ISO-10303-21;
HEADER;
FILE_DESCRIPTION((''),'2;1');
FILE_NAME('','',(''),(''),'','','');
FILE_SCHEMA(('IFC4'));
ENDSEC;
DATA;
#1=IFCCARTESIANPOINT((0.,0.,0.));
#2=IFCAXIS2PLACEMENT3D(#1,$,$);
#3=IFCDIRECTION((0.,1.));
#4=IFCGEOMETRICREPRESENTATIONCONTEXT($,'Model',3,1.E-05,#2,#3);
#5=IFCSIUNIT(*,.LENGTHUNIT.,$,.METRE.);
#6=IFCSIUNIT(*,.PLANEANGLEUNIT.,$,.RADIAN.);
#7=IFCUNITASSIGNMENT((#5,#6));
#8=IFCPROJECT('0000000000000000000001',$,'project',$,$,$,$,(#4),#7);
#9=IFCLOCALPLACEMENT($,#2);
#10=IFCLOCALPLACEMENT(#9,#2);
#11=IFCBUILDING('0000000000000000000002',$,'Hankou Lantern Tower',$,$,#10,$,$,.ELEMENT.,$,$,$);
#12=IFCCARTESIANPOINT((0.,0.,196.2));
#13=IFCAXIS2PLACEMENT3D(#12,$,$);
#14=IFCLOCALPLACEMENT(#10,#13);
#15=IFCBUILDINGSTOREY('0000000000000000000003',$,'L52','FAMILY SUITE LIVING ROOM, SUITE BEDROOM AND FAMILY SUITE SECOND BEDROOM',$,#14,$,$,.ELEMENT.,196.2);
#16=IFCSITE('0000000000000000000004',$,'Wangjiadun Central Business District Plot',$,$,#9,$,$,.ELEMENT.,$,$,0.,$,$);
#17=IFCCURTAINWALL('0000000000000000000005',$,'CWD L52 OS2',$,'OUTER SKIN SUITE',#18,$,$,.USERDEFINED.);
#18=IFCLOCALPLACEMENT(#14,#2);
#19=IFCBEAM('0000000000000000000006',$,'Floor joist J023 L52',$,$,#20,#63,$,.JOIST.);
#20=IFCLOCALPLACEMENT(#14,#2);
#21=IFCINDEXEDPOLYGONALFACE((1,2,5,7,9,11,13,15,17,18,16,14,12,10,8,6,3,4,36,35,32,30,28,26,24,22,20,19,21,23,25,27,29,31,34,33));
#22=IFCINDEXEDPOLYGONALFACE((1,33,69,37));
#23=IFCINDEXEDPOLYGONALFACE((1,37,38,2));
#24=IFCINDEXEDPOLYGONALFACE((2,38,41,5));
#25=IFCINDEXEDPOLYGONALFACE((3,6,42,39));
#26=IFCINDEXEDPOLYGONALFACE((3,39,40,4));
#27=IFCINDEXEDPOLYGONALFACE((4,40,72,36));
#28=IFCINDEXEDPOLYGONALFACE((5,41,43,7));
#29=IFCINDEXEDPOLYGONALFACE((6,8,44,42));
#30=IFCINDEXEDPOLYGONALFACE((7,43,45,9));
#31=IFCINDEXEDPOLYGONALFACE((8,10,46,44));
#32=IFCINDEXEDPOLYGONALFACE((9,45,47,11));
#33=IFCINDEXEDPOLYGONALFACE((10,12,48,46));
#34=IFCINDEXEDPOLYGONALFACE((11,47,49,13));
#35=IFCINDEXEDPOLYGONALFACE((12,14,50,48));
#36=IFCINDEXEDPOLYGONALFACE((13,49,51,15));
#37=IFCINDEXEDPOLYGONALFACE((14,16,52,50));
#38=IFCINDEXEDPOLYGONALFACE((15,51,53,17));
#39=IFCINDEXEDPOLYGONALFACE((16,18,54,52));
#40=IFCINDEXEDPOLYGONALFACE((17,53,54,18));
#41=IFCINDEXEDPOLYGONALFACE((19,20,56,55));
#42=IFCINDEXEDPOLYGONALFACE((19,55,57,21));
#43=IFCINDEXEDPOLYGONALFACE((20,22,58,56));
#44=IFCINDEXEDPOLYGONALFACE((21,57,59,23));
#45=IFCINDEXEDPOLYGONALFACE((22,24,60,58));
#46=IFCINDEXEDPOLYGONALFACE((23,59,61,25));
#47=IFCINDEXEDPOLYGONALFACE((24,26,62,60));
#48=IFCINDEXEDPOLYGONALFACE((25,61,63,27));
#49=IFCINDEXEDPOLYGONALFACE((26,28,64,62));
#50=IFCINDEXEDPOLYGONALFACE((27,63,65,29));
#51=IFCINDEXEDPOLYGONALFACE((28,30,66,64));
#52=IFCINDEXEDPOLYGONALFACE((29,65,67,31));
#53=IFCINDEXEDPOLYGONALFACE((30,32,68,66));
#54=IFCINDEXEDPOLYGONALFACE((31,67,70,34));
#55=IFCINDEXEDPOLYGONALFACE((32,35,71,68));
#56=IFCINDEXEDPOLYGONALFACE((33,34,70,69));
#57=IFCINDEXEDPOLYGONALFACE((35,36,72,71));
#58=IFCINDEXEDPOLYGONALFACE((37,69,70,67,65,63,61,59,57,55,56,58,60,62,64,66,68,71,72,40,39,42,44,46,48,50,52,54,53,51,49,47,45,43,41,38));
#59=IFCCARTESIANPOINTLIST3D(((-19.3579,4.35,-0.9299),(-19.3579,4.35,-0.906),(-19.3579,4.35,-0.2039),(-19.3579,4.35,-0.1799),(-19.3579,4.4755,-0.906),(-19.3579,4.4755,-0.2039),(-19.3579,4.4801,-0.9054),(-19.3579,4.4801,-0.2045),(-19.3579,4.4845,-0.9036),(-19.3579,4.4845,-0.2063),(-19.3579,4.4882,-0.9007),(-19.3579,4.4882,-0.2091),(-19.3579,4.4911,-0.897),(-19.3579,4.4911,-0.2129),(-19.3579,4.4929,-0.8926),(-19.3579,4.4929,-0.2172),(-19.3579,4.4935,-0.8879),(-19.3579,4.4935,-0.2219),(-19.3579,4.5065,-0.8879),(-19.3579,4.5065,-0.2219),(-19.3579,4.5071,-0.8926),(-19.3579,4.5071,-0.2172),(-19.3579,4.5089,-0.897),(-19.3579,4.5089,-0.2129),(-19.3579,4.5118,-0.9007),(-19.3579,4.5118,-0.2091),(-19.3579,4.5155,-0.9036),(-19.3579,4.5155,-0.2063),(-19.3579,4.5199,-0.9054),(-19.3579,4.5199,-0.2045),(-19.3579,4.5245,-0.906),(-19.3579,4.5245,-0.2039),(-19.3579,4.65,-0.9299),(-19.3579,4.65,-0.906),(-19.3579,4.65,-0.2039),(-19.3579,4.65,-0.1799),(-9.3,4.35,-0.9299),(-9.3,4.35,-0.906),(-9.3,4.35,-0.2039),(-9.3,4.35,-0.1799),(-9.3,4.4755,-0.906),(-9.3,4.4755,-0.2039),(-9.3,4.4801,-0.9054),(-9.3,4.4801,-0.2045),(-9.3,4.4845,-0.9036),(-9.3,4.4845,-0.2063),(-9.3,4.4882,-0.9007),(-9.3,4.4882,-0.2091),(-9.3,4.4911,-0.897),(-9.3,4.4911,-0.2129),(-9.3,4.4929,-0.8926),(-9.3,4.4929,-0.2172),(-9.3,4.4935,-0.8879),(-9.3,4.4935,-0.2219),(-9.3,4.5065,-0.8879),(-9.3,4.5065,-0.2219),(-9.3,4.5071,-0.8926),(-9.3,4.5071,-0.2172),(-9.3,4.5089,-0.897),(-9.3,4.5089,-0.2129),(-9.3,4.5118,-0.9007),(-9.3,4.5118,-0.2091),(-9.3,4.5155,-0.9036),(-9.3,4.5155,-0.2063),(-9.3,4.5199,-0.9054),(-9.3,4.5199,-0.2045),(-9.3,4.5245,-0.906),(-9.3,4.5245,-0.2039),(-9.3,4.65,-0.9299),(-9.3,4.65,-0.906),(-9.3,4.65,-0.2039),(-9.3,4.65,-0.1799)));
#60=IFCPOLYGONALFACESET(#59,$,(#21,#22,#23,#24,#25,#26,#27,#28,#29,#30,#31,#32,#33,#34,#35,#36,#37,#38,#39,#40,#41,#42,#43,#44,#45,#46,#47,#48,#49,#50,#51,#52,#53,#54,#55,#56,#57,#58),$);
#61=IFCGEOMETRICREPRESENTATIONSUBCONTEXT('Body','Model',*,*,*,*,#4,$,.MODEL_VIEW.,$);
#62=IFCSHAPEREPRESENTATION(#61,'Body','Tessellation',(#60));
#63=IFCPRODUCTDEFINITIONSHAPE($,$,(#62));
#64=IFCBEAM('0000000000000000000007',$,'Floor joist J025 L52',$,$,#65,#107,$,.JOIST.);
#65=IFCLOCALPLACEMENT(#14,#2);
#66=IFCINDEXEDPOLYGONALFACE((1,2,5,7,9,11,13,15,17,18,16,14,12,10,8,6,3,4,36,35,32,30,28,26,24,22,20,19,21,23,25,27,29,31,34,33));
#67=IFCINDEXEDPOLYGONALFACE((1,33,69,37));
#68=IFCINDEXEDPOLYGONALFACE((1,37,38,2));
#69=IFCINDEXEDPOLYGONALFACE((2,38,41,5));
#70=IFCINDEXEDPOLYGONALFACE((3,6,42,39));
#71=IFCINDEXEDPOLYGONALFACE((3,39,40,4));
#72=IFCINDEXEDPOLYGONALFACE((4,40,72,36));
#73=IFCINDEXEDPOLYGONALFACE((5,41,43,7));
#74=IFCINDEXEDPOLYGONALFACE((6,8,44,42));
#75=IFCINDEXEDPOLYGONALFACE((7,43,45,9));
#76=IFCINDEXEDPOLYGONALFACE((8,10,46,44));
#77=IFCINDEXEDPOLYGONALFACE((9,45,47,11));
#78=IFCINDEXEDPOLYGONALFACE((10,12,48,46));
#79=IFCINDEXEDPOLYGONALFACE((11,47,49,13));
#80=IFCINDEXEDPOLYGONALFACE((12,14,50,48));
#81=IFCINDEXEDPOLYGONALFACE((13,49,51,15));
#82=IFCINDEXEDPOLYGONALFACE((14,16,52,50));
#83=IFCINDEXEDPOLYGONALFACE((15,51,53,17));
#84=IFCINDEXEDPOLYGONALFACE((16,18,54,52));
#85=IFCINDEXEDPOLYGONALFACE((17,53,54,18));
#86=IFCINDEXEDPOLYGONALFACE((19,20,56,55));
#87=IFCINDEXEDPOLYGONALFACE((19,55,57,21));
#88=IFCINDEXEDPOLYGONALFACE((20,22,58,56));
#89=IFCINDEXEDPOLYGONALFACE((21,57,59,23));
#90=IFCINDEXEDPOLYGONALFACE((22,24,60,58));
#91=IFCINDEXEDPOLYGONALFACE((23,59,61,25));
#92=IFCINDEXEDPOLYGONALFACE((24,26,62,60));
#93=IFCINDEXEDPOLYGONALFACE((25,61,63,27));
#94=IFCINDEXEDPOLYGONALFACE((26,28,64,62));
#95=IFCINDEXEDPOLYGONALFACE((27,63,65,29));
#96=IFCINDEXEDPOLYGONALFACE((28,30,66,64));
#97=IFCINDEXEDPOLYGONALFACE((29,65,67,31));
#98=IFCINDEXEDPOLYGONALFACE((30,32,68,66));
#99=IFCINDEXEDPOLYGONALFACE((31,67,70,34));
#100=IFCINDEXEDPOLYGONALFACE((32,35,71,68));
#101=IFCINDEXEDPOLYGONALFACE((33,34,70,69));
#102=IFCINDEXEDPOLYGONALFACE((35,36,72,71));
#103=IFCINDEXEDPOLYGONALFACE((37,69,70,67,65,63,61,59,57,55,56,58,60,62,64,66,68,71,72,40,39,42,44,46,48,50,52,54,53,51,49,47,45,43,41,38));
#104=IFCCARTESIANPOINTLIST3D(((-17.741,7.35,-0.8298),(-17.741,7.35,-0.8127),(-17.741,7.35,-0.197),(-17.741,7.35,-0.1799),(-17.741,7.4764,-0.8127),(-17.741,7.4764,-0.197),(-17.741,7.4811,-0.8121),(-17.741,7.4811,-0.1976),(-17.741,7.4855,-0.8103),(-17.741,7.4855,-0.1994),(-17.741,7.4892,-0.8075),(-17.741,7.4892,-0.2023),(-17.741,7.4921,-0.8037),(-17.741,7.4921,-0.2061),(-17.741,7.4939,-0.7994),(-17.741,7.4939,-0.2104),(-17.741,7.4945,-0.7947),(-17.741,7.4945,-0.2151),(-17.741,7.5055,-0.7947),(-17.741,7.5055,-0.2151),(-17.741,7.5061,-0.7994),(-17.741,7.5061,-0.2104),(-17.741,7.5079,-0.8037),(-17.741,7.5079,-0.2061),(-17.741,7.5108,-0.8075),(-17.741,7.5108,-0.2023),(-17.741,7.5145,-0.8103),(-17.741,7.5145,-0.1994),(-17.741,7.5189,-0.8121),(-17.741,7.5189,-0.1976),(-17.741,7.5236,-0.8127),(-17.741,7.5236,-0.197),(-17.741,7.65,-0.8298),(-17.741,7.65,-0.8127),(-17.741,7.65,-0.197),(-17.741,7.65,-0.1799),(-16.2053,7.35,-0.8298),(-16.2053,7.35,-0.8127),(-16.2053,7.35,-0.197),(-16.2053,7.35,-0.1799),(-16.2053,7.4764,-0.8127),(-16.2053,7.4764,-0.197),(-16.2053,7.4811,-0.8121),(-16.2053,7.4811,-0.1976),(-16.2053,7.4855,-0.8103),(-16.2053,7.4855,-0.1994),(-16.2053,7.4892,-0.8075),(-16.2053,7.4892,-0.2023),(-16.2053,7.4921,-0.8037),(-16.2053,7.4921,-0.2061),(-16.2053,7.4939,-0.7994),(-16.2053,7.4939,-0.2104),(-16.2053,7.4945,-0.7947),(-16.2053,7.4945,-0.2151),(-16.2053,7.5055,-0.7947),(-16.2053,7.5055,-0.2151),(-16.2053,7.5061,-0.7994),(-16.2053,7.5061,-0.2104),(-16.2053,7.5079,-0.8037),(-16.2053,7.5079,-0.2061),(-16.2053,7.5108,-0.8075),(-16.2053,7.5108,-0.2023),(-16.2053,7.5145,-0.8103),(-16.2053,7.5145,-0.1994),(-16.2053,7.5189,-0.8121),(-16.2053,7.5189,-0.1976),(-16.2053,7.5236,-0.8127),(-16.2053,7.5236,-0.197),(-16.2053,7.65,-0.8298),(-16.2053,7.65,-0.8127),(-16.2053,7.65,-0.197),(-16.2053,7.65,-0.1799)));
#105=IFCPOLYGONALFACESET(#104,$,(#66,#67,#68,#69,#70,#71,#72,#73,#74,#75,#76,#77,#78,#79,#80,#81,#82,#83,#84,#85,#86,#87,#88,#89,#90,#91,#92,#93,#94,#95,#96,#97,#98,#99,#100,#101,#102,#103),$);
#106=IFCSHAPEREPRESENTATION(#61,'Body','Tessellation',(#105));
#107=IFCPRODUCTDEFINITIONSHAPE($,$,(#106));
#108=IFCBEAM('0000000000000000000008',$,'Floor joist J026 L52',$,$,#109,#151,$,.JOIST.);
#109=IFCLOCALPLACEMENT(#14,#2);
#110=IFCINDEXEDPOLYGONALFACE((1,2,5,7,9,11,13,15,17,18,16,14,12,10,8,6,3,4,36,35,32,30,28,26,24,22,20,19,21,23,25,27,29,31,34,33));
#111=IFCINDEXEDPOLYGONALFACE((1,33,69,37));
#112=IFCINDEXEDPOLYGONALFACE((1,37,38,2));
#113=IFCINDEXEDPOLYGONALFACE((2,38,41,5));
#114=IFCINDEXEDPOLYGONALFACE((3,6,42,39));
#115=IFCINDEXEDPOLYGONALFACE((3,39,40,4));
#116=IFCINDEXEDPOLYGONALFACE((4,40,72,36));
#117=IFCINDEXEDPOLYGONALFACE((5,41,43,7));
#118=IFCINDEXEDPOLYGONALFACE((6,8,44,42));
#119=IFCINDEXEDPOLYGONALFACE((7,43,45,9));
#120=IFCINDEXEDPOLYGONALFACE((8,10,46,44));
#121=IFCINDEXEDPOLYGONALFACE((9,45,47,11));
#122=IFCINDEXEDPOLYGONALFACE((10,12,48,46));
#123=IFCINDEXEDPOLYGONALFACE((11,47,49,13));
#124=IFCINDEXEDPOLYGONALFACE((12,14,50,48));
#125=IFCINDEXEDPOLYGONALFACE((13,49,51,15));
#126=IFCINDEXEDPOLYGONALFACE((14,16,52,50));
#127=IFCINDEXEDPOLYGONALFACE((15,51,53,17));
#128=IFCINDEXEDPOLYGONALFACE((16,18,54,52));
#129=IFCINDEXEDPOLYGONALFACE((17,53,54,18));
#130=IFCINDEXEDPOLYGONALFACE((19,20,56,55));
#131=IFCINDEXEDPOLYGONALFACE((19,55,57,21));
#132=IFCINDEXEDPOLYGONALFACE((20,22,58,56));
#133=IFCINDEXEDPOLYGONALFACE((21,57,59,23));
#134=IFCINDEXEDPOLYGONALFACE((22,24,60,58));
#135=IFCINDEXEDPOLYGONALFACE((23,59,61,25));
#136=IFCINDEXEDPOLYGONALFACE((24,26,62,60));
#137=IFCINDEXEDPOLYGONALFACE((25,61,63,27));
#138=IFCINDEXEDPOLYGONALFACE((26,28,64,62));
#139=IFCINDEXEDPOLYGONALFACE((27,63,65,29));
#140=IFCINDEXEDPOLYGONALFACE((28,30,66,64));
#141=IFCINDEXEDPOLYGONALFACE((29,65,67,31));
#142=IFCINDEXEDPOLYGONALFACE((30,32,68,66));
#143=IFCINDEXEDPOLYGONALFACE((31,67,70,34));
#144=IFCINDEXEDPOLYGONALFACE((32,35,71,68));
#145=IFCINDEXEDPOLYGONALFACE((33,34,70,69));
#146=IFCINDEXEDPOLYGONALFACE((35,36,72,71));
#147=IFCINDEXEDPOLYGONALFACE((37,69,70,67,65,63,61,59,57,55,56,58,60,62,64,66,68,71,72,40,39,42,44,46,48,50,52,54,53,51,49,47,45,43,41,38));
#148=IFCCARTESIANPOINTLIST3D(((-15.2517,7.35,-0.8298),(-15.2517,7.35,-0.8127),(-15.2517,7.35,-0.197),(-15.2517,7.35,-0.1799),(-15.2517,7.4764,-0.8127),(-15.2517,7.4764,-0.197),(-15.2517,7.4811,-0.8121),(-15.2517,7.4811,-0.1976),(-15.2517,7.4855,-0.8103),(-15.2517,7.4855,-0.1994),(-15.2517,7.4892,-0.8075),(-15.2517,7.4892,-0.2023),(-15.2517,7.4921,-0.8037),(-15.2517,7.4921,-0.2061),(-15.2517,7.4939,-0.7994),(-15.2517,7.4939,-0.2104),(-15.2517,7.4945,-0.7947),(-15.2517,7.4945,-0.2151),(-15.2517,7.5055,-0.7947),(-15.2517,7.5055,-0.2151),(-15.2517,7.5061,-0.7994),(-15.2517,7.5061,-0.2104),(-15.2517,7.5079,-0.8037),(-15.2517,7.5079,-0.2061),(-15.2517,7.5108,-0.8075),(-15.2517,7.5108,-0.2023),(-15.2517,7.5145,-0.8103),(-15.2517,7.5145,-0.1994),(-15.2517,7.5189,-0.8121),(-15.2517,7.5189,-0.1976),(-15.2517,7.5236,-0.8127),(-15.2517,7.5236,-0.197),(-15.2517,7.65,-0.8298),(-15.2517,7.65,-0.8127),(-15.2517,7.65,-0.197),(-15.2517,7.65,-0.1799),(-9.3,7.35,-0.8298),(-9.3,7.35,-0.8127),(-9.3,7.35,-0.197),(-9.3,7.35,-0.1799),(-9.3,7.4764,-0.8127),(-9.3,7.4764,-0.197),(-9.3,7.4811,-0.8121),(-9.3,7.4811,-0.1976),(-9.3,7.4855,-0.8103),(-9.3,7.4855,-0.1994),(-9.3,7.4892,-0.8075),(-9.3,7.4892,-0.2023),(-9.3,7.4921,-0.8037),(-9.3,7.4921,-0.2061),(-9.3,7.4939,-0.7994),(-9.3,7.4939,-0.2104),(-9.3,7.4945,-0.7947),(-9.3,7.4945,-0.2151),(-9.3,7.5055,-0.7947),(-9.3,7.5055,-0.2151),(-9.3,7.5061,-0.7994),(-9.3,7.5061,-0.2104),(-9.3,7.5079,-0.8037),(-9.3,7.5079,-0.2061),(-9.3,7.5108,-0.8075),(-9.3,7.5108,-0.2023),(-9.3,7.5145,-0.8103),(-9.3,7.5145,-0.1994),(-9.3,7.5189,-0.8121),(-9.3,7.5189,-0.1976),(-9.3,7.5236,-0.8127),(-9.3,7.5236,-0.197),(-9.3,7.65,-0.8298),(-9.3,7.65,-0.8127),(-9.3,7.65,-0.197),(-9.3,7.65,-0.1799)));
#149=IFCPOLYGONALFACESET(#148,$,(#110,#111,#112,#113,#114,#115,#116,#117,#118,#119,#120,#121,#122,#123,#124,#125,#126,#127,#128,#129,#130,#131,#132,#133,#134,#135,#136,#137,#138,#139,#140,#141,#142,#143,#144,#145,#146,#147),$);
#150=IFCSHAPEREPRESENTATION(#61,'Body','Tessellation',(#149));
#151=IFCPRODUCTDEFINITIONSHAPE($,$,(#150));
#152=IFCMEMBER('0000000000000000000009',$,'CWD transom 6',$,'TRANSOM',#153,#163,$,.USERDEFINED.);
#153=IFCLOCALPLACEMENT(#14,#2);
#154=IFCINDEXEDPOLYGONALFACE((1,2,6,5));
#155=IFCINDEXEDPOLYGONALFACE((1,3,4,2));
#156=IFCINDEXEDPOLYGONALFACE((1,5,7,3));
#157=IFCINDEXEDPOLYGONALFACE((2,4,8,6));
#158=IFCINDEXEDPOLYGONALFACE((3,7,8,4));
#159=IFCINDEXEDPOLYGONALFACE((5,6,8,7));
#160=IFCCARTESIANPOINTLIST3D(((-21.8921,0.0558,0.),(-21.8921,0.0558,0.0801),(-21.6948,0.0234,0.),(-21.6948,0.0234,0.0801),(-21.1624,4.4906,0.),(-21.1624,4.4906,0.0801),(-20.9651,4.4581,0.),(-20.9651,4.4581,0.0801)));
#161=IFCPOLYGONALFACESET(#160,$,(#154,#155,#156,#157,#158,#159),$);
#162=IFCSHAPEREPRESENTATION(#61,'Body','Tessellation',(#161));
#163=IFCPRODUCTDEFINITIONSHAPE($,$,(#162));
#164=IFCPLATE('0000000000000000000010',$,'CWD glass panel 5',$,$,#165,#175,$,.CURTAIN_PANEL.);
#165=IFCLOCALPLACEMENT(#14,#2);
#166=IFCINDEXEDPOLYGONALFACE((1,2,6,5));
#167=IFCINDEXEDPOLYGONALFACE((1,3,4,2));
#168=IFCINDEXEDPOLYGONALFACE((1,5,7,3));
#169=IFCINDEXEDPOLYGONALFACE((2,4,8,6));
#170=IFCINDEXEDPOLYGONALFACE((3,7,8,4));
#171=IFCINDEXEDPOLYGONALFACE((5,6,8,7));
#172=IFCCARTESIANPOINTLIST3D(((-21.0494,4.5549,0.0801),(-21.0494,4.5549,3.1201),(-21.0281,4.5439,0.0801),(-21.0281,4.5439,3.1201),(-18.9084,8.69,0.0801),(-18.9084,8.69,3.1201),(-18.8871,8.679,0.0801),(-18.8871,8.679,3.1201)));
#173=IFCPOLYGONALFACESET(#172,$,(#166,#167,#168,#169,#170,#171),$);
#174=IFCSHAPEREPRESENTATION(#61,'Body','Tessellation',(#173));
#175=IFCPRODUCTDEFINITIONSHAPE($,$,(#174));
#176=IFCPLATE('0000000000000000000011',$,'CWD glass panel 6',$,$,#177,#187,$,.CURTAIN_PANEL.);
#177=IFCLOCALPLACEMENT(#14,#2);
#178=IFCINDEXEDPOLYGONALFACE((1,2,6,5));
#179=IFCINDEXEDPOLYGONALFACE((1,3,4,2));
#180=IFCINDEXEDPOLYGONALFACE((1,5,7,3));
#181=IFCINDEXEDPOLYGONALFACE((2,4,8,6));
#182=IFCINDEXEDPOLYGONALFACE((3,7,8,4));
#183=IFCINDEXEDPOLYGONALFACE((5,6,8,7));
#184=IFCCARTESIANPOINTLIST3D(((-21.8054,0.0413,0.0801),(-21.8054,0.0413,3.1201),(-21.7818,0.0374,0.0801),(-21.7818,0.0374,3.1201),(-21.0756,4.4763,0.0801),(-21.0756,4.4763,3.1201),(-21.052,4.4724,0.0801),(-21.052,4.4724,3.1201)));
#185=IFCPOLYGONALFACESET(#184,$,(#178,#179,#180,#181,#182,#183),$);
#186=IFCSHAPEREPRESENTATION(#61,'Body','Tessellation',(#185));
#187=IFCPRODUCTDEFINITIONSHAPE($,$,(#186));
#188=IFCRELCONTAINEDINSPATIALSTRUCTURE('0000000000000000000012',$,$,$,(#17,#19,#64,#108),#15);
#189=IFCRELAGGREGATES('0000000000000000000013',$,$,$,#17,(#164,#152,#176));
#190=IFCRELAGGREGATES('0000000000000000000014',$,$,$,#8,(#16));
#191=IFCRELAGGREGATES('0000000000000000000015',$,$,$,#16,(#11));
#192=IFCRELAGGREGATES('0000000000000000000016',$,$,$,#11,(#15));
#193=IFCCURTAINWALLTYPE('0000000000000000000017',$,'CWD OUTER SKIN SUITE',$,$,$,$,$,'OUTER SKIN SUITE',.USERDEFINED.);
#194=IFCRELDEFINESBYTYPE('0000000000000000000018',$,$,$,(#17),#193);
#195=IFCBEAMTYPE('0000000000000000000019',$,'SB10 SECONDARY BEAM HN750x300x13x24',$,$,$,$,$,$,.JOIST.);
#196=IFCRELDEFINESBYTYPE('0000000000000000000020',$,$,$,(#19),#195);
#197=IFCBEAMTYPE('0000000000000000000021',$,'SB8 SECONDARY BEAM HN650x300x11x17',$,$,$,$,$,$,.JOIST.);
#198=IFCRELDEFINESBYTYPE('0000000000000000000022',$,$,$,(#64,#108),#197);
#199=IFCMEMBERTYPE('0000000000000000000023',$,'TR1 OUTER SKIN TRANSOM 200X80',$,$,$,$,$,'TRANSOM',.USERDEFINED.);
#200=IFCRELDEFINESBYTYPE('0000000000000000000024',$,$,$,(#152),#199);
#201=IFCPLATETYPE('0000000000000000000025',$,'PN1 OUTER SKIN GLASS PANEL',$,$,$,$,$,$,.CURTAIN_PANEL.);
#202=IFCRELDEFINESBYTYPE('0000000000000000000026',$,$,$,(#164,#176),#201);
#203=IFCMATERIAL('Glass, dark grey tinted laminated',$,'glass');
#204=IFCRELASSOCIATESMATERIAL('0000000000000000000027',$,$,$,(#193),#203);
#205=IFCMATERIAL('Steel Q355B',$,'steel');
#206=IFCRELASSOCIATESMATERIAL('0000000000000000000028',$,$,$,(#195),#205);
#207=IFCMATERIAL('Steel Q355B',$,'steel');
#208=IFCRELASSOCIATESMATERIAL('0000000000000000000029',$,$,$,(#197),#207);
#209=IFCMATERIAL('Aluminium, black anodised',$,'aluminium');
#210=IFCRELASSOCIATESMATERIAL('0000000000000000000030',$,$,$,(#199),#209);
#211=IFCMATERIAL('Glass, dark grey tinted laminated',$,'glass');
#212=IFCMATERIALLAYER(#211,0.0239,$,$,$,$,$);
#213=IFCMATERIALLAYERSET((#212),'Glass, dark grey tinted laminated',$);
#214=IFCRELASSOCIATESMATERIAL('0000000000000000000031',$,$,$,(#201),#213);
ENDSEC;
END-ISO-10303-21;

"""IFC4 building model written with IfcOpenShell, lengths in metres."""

from ifc_helpers import new_model, si_unit, direction, frame, origin, origin_2d, place, context, subcontext, project, spatial, rectangle, i_section, extrude, material, layer, layer_set, material_profile, profile_set, type_object, element, aggregate, save


model = new_model("IFC4")

# Units and contexts
model_context = context("Model", 3, precision=1e-05, world=origin(), true_north=direction((0.0, 1.0)))
body_context = subcontext(model_context, "Body", "Model", "MODEL_VIEW")
ifc_project = project(units=[si_unit("LENGTHUNIT", "METRE"), si_unit("PLANEANGLEUNIT", "RADIAN")], contexts=[model_context])

# Site, building, storey
site_placement = place(None, origin())
site = spatial("IfcSite", under=ifc_project, at=site_placement, Name="Wangjiadun Central Business District Plot", CompositionType="ELEMENT", RefElevation=0.0)
building_placement = place(site_placement, origin())
building = spatial("IfcBuilding", under=site, at=building_placement, Name="Hankou Lantern Tower", CompositionType="ELEMENT")
storey_placement = place(building_placement, frame((0.0, 0.0, 196.2)))
storey = spatial("IfcBuildingStorey", under=building, at=storey_placement, Name="L52", Description="FAMILY SUITE LIVING ROOM, SUITE BEDROOM AND FAMILY SUITE SECOND BEDROOM", CompositionType="ELEMENT", Elevation=196.2)

# Curtain wall
ifc_material_1 = material(Name="Glass, dark grey tinted laminated", Category="glass")
curtain_wall_type = type_object("IfcCurtainWallType", Name="CWD OUTER SKIN SUITE", ElementType="OUTER SKIN SUITE", PredefinedType="USERDEFINED", material=ifc_material_1)
curtain_wall_placement = place(storey_placement, origin())
curtain_wall = element("IfcCurtainWall", 1, at=curtain_wall_placement, inside=storey, type_object=curtain_wall_type, Name="CWD L52 OS2", ObjectType="OUTER SKIN SUITE", PredefinedType="USERDEFINED")

# Beams
ifc_material_2 = material(Name="Steel Q355B", Category="steel")
ifc_material_profile_1 = material_profile(ifc_material_2, i_section(OverallWidth=0.3, OverallDepth=0.75, WebThickness=0.0129, FlangeThickness=0.0239, FilletRadius=0.0181, at=origin_2d()), Name="HN750x300x13x24")
ifc_profile_set_1 = profile_set([ifc_material_profile_1], Name="Steel Q355B")
beam_type_1 = type_object("IfcBeamType", Name="SB10 SECONDARY BEAM HN750x300x13x24", PredefinedType="JOIST", material=ifc_profile_set_1)
beam_1_placement = place(storey_placement, frame((-19.3579, 4.5, -0.5549), z_axis=(1.0, 0.0, 0.0), x_axis=(0.0, 1.0, 0.0)))
element("IfcBeam", 2, at=beam_1_placement, inside=storey, type_object=beam_type_1, Name="Floor joist J023 L52", PredefinedType="JOIST", context=body_context, shape_type="SweptSolid", body=[
    extrude(i_section(OverallWidth=0.3, OverallDepth=0.75, WebThickness=0.0129, FlangeThickness=0.0239, FilletRadius=0.0181, at=origin_2d()), origin(), (0.0, 0.0, 1.0), 10.0579),
])
ifc_material_3 = material(Name="Steel Q355B", Category="steel")
ifc_material_profile_2 = material_profile(ifc_material_3, i_section(OverallWidth=0.3, OverallDepth=0.6499, WebThickness=0.011, FlangeThickness=0.0171, FilletRadius=0.0181, at=origin_2d()), Name="HN650x300x11x17")
ifc_profile_set_2 = profile_set([ifc_material_profile_2], Name="Steel Q355B")
beam_type_2 = type_object("IfcBeamType", Name="SB8 SECONDARY BEAM HN650x300x11x17", PredefinedType="JOIST", material=ifc_profile_set_2)
beam_2_placement = place(storey_placement, frame((-17.741, 7.5, -0.5049), z_axis=(1.0, 0.0, 0.0), x_axis=(0.0, 1.0, 0.0)))
element("IfcBeam", 3, at=beam_2_placement, inside=storey, type_object=beam_type_2, Name="Floor joist J025 L52", PredefinedType="JOIST", context=body_context, shape_type="SweptSolid", body=[
    extrude(i_section(OverallWidth=0.3, OverallDepth=0.6499, WebThickness=0.011, FlangeThickness=0.0171, FilletRadius=0.0181, at=origin_2d()), origin(), (0.0, 0.0, 1.0), 1.5356),
])
beam_3_placement = place(storey_placement, frame((-15.2517, 7.5, -0.5049), z_axis=(1.0, 0.0, 0.0), x_axis=(0.0, 1.0, 0.0)))
element("IfcBeam", 4, at=beam_3_placement, inside=storey, type_object=beam_type_2, Name="Floor joist J026 L52", PredefinedType="JOIST", context=body_context, shape_type="SweptSolid", body=[
    extrude(i_section(OverallWidth=0.3, OverallDepth=0.6499, WebThickness=0.011, FlangeThickness=0.0171, FilletRadius=0.0181, at=origin_2d()), origin(), (0.0, 0.0, 1.0), 5.9517),
])

# Member
ifc_material_4 = material(Name="Aluminium, black anodised", Category="aluminium")
ifc_material_profile_3 = material_profile(ifc_material_4, rectangle(XDim=0.2, YDim=0.0801, at=origin_2d()), Name="TR1 200X80")
ifc_profile_set_3 = profile_set([ifc_material_profile_3], Name="Aluminium, black anodised")
member_type_1 = type_object("IfcMemberType", Name="TR1 OUTER SKIN TRANSOM 200X80", ElementType="TRANSOM", PredefinedType="USERDEFINED", material=ifc_profile_set_3)
member_1_placement = place(storey_placement, frame((-21.0637, 4.4744, 0.04), z_axis=(-0.162364, -0.986731, 0.0), x_axis=(0.986731, -0.162364, 0.0)))
member_1 = element("IfcMember", 5, at=member_1_placement, type_object=member_type_1, Name="CWD transom 6", ObjectType="TRANSOM", PredefinedType="USERDEFINED", context=body_context, shape_type="SweptSolid", body=[
    extrude(rectangle(XDim=0.2, YDim=0.0801, at=origin_2d()), origin(), (0.0, 0.0, 1.0), 4.4944),
])

# Plates
ifc_material_5 = material(Name="Glass, dark grey tinted laminated", Category="glass")
ifc_layer_1 = layer(ifc_material_5, 0.0239)
ifc_layer_set_1 = layer_set([ifc_layer_1], Name="Glass, dark grey tinted laminated")
plate_type = type_object("IfcPlateType", Name="PN1 OUTER SKIN GLASS PANEL", PredefinedType="CURTAIN_PANEL", material=ifc_layer_set_1)
plate_1_placement = place(storey_placement, frame((-19.9683, 6.6169, 0.0801), z_axis=(0.0, 0.0, 1.0), x_axis=(-0.459791, -0.888027, 0.0)))
plate_1 = element("IfcPlate", 6, at=plate_1_placement, type_object=plate_type, Name="CWD glass panel 5", PredefinedType="CURTAIN_PANEL", context=body_context, shape_type="SweptSolid", body=[
    extrude(rectangle(XDim=4.6565, YDim=0.0239, at=origin_2d()), origin(), (0.0, 0.0, 1.0), 3.04),
])
plate_2_placement = place(storey_placement, frame((-21.4287, 2.2568, 0.0801), z_axis=(0.0, 0.0, 1.0), x_axis=(-0.162382, -0.986728, 0.0)))
plate_2 = element("IfcPlate", 7, at=plate_2_placement, type_object=plate_type, Name="CWD glass panel 6", PredefinedType="CURTAIN_PANEL", context=body_context, shape_type="SweptSolid", body=[
    extrude(rectangle(XDim=4.4946, YDim=0.0239, at=origin_2d()), origin(), (0.0, 0.0, 1.0), 3.04),
])
aggregate(curtain_wall, [plate_1, member_1, plate_2])

save(model, "model.ifc")
